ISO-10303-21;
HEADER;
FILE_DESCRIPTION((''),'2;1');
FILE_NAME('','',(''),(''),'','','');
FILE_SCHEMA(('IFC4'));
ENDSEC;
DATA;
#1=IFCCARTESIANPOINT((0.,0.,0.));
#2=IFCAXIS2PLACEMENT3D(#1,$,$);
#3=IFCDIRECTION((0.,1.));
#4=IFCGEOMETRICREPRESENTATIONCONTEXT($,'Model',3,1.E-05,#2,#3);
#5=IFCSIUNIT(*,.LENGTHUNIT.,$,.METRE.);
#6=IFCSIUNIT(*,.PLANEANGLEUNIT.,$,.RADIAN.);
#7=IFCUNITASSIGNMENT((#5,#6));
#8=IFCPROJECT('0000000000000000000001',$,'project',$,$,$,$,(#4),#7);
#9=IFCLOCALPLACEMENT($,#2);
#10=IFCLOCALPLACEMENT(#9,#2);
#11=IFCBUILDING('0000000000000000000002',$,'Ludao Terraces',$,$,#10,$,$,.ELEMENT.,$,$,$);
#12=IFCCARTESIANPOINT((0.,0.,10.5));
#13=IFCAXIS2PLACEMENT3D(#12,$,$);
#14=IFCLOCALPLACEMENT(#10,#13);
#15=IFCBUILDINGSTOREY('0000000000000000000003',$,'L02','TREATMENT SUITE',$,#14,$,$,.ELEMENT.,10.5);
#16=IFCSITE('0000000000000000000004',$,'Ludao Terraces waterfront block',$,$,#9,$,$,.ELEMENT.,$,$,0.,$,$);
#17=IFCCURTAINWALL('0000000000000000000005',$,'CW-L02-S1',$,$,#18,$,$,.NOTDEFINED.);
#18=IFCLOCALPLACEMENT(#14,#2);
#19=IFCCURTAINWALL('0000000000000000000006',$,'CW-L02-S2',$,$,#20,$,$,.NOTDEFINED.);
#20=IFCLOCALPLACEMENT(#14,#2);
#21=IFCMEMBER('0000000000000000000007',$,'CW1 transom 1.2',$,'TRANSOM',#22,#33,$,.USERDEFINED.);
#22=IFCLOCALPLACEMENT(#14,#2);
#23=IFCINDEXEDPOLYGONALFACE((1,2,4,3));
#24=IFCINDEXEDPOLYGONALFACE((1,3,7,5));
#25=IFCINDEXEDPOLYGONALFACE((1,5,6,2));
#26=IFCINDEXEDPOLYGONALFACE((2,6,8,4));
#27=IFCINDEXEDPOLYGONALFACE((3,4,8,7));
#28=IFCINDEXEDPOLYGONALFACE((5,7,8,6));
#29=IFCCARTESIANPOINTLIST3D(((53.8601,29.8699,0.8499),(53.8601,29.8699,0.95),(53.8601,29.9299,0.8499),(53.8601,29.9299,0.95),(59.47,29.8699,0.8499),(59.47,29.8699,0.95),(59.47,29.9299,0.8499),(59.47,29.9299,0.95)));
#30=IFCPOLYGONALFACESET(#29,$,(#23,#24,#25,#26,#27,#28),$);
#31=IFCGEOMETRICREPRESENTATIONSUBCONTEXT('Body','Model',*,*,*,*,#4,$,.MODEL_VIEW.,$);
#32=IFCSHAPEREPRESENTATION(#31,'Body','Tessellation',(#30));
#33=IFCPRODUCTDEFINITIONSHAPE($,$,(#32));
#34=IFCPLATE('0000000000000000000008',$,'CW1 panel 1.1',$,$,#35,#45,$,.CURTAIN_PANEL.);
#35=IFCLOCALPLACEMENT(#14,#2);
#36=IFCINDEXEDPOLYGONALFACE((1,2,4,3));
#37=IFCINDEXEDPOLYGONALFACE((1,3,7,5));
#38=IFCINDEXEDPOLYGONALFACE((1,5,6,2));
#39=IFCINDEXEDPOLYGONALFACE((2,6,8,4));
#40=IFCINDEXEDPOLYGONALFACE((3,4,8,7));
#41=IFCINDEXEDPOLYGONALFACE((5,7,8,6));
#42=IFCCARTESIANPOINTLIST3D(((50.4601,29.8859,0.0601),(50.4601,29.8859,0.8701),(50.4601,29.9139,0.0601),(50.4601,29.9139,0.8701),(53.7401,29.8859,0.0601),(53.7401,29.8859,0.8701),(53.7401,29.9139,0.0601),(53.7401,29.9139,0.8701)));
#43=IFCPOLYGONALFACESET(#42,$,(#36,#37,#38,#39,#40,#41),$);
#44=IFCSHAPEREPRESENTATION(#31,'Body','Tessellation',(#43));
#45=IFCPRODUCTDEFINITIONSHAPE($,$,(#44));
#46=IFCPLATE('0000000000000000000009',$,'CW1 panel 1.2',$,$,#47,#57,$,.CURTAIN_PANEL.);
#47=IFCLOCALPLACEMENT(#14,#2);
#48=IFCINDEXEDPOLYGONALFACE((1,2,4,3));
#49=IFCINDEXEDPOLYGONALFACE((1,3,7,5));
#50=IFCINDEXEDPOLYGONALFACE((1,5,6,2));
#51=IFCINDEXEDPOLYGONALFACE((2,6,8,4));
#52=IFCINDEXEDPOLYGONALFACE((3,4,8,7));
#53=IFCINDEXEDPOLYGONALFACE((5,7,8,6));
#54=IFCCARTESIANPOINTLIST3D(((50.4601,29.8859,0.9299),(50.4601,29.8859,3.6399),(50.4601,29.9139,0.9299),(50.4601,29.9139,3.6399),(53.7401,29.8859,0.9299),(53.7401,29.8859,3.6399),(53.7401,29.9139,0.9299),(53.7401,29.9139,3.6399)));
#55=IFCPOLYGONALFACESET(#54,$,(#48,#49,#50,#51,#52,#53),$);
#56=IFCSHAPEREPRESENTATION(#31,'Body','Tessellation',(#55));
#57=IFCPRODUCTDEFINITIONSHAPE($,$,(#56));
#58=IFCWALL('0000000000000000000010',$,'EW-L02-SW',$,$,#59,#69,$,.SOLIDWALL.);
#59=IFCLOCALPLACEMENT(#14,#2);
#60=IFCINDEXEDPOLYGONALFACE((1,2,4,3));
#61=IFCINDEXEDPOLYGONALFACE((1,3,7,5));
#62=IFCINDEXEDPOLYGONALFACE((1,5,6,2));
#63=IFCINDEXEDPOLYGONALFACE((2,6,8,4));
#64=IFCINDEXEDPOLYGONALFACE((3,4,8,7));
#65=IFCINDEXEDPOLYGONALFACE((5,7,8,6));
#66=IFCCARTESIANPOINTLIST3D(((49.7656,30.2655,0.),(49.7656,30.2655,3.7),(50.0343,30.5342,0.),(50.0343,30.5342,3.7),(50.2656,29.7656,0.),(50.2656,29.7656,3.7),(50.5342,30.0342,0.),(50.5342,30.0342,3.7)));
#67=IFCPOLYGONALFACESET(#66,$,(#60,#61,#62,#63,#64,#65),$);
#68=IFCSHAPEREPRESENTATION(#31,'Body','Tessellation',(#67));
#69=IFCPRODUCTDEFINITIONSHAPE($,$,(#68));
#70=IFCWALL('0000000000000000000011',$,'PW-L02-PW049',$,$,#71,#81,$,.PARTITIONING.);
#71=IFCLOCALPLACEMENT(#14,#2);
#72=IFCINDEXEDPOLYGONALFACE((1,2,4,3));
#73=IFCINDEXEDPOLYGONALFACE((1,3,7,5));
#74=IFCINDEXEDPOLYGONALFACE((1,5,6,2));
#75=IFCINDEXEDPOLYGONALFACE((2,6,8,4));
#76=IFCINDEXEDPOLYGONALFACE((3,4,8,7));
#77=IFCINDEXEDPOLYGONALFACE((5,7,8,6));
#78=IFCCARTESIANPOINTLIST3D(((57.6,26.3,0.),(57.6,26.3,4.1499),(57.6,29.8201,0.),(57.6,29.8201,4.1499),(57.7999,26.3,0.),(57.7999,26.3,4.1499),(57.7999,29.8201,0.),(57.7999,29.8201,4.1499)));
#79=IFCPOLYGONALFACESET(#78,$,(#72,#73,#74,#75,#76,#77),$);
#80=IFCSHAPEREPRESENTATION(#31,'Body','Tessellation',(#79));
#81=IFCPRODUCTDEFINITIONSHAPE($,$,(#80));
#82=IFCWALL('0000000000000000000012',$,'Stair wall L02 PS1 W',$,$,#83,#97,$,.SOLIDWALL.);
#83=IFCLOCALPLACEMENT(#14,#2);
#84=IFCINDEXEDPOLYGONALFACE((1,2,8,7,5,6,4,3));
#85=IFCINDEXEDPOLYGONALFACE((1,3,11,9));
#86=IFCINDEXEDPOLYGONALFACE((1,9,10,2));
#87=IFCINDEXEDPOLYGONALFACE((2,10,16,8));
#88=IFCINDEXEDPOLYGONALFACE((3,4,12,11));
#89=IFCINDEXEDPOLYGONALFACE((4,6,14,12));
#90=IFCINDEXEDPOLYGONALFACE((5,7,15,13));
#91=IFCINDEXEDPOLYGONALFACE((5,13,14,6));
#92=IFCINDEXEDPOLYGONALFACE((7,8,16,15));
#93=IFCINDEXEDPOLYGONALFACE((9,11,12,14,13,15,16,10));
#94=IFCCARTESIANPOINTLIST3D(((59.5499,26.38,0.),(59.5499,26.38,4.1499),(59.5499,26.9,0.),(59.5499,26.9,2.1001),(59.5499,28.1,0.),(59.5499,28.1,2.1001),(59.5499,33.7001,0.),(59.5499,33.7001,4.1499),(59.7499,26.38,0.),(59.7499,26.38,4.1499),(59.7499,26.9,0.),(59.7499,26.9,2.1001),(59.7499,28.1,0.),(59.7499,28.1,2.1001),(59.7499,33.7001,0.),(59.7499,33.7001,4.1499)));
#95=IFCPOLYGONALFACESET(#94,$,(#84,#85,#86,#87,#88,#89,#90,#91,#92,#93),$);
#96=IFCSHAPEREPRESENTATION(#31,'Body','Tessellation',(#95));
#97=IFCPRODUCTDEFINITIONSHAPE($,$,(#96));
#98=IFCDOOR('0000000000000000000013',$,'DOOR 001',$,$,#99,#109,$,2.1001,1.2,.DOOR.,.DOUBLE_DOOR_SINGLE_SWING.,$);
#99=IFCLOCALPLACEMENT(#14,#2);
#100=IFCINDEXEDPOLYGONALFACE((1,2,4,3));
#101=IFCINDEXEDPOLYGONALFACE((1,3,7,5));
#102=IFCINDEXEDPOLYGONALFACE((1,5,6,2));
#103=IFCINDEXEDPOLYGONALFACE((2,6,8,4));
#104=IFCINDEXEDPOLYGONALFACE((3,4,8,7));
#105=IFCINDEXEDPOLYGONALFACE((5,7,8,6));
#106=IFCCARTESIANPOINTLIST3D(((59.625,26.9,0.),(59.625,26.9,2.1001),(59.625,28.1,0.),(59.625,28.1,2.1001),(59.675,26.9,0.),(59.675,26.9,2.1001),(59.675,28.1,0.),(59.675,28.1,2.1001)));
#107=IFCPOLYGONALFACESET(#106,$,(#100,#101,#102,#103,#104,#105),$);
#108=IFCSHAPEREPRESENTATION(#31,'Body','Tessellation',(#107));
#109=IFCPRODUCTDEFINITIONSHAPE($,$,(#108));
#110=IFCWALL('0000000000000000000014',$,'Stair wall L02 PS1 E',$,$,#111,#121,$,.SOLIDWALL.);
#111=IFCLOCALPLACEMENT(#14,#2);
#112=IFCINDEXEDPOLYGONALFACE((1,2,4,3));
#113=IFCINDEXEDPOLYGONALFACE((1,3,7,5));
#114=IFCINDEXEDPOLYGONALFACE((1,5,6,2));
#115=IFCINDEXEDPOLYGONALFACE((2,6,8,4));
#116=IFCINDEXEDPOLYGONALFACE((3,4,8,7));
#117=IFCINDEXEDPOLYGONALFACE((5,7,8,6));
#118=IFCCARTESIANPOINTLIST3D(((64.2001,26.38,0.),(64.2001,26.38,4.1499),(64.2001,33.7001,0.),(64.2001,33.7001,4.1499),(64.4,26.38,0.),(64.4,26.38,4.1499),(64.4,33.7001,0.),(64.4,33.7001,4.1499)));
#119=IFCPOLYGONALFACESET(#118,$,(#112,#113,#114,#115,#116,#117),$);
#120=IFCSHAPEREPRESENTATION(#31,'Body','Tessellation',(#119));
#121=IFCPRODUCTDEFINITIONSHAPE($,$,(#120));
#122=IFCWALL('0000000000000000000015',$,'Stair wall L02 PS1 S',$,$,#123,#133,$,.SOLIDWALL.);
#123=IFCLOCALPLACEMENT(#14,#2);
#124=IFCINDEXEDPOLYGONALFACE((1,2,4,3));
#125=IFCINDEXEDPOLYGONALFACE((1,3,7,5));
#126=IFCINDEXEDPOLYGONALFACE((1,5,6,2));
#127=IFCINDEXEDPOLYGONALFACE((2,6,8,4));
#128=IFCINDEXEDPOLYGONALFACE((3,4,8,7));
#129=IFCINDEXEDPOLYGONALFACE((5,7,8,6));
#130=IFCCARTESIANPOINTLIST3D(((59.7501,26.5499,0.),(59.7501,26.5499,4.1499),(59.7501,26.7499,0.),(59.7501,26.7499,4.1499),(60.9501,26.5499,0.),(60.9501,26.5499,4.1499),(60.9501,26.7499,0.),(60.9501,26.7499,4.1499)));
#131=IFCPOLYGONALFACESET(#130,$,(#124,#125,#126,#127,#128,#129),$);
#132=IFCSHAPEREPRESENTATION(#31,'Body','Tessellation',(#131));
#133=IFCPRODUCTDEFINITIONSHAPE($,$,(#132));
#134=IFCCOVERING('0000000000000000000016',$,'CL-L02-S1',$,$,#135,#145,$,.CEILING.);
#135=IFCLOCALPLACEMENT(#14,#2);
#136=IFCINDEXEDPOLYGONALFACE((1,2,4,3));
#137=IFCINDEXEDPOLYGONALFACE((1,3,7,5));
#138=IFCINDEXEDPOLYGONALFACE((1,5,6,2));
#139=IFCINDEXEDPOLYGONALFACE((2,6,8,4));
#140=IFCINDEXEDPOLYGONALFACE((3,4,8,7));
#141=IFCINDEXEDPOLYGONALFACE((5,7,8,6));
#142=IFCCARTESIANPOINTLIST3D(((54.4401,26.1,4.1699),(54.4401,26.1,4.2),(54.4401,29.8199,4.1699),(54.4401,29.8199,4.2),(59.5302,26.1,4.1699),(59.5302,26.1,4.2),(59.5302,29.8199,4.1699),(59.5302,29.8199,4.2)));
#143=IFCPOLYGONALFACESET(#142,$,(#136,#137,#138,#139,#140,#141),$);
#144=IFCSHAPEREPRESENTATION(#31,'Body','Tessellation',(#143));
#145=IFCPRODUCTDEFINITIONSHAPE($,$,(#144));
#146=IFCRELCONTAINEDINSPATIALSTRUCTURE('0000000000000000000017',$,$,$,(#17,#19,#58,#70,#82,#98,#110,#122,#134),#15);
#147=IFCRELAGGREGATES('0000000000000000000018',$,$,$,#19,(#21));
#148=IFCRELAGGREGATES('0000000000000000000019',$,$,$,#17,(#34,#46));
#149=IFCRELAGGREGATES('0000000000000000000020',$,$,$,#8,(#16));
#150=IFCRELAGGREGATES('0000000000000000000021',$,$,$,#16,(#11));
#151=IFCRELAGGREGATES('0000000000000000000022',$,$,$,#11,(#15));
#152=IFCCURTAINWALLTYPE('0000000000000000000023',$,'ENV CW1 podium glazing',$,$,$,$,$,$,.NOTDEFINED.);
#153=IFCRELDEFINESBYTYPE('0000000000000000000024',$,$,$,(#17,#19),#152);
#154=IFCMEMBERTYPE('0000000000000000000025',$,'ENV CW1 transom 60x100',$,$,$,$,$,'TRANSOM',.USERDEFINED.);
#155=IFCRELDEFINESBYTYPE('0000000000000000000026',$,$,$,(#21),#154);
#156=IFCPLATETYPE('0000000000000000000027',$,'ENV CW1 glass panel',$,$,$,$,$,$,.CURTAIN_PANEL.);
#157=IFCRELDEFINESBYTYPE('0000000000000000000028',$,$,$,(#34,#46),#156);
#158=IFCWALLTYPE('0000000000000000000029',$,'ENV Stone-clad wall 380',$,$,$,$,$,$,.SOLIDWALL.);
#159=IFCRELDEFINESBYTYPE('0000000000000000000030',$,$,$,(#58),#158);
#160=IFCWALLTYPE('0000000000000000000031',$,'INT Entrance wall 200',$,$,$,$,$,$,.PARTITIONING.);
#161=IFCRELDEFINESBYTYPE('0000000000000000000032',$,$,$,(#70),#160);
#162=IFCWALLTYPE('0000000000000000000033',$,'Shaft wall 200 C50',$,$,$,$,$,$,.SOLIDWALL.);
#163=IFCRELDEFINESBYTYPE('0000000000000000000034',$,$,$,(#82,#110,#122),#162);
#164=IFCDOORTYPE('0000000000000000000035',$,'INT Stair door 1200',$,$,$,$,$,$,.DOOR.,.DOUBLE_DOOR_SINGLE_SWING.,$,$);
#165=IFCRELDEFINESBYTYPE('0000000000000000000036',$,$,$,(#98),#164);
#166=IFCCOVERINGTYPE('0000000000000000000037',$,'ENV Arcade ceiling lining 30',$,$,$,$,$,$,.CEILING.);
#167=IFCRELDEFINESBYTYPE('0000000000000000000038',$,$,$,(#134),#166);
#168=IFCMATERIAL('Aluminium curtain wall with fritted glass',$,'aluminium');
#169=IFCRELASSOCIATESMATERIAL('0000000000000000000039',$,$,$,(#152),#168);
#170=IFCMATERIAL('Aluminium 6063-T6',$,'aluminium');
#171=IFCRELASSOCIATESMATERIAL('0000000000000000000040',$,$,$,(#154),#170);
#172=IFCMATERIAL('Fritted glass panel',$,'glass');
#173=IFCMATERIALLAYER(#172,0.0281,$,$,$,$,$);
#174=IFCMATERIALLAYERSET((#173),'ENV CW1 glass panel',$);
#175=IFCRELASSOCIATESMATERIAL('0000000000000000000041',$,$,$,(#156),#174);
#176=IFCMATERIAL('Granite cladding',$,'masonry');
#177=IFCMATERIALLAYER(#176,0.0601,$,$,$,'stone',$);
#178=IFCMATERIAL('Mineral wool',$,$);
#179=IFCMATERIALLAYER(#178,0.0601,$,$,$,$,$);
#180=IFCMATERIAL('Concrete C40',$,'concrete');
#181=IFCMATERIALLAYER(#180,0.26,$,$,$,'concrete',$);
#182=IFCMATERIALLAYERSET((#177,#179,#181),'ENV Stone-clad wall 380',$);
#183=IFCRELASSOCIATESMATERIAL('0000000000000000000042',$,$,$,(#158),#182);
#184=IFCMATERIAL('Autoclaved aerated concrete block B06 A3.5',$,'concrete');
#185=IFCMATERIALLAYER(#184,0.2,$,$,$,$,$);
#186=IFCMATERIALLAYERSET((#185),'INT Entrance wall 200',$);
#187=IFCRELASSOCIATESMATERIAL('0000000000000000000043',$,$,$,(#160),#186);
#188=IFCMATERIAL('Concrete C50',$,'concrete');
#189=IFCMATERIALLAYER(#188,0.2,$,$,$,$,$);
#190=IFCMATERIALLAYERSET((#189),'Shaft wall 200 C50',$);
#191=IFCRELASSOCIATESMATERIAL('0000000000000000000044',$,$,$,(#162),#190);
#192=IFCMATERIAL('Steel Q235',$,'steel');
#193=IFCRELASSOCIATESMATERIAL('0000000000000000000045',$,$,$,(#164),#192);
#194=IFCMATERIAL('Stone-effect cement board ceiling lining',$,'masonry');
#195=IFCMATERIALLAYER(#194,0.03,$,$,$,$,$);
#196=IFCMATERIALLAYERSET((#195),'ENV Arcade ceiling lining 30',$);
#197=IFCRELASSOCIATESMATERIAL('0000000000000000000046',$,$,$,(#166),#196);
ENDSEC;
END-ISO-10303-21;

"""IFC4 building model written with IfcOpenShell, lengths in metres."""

from ifc_helpers import new_model, si_unit, direction, frame, frame_2d, origin, origin_2d, place, context, subcontext, project, spatial, rectangle, extrude, material, layer, layer_set, material_profile, profile_set, type_object, element, fill, aggregate, save


model = new_model("IFC4")

# Units and contexts
model_context = context("Model", 3, precision=1e-05, world=origin(), true_north=direction((0.0, 1.0)))
body_context = subcontext(model_context, "Body", "Model", "MODEL_VIEW")
ifc_project = project(units=[si_unit("LENGTHUNIT", "METRE"), si_unit("PLANEANGLEUNIT", "RADIAN")], contexts=[model_context])

# Site, building, storey
site_placement = place(None, origin())
site = spatial("IfcSite", under=ifc_project, at=site_placement, Name="Ludao Terraces waterfront block", CompositionType="ELEMENT", RefElevation=0.0)
building_placement = place(site_placement, origin())
building = spatial("IfcBuilding", under=site, at=building_placement, Name="Ludao Terraces", CompositionType="ELEMENT")
storey_placement = place(building_placement, frame((0.0, 0.0, 10.5)))
storey = spatial("IfcBuildingStorey", under=building, at=storey_placement, Name="L02", Description="TREATMENT SUITE", CompositionType="ELEMENT", Elevation=10.5)

# Curtain wall
ifc_material_1 = material(Name="Aluminium curtain wall with fritted glass", Category="aluminium")
curtain_wall_type = type_object("IfcCurtainWallType", Name="ENV CW1 podium glazing", PredefinedType="NOTDEFINED", material=ifc_material_1)
curtain_wall_1_placement = place(storey_placement, origin())
curtain_wall_1 = element("IfcCurtainWall", 1, at=curtain_wall_1_placement, inside=storey, type_object=curtain_wall_type, Name="CW-L02-S1", PredefinedType="NOTDEFINED")
ifc_material_2 = material(Name="Aluminium 6063-T6", Category="aluminium")

# Curtain wall
curtain_wall_2_placement = place(storey_placement, origin())
curtain_wall_2 = element("IfcCurtainWall", 2, at=curtain_wall_2_placement, inside=storey, type_object=curtain_wall_type, Name="CW-L02-S2", PredefinedType="NOTDEFINED")

# Member
ifc_material_profile_1 = material_profile(ifc_material_2, rectangle(XDim=0.0601, YDim=0.1001, at=origin_2d()), Name="60 X 100")
ifc_profile_set_1 = profile_set([ifc_material_profile_1], Name="Aluminium 6063-T6")
member_type_1 = type_object("IfcMemberType", Name="ENV CW1 transom 60x100", ElementType="TRANSOM", PredefinedType="USERDEFINED", material=ifc_profile_set_1)
member_1_placement = place(storey_placement, frame((53.8601, 29.8999, 0.8999), z_axis=(1.0, 0.0, 0.0), x_axis=(0.0, 1.0, 0.0)))
member_1 = element("IfcMember", 3, at=member_1_placement, type_object=member_type_1, Name="CW1 transom 1.2", ObjectType="TRANSOM", PredefinedType="USERDEFINED", context=body_context, shape_type="SweptSolid", body=[
    extrude(rectangle(XDim=0.0601, YDim=0.1001, at=origin_2d()), origin(), (0.0, 0.0, 1.0), 5.6099),
])
aggregate(curtain_wall_2, [member_1])

# Plates
ifc_material_3 = material(Name="Fritted glass panel", Category="glass")
ifc_layer_1 = layer(ifc_material_3, 0.0281)
ifc_layer_set_1 = layer_set([ifc_layer_1], Name="ENV CW1 glass panel")
plate_type = type_object("IfcPlateType", Name="ENV CW1 glass panel", PredefinedType="CURTAIN_PANEL", material=ifc_layer_set_1)
plate_1_placement = place(storey_placement, frame((52.1001, 29.8999, 0.0601), z_axis=(0.0, 0.0, 1.0), x_axis=(1.0, 0.0, 0.0)))
plate_1 = element("IfcPlate", 4, at=plate_1_placement, type_object=plate_type, Name="CW1 panel 1.1", PredefinedType="CURTAIN_PANEL", context=body_context, shape_type="SweptSolid", body=[
    extrude(rectangle(XDim=3.28, YDim=0.0281, at=origin_2d()), origin(), (0.0, 0.0, 1.0), 0.8101),
])
plate_2_placement = place(storey_placement, frame((52.1001, 29.8999, 0.9299), z_axis=(0.0, 0.0, 1.0), x_axis=(1.0, 0.0, 0.0)))
plate_2 = element("IfcPlate", 5, at=plate_2_placement, type_object=plate_type, Name="CW1 panel 1.2", PredefinedType="CURTAIN_PANEL", context=body_context, shape_type="SweptSolid", body=[
    extrude(rectangle(XDim=3.28, YDim=0.0281, at=origin_2d()), origin(), (0.0, 0.0, 1.0), 2.71),
])
aggregate(curtain_wall_1, [plate_1, plate_2])

# Walls
ifc_material_4 = material(Name="Granite cladding", Category="masonry")
ifc_layer_2 = layer(ifc_material_4, 0.0601, Category="stone")
ifc_material_5 = material(Name="Mineral wool")
ifc_layer_3 = layer(ifc_material_5, 0.0601)
ifc_material_6 = material(Name="Concrete C40", Category="concrete")
ifc_layer_4 = layer(ifc_material_6, 0.26, Category="concrete")
ifc_layer_set_2 = layer_set([ifc_layer_2, ifc_layer_3, ifc_layer_4], Name="ENV Stone-clad wall 380")
wall_type_1 = type_object("IfcWallType", Name="ENV Stone-clad wall 380", PredefinedType="SOLIDWALL", material=ifc_layer_set_2)
wall_1_placement = place(storey_placement, frame((50.3999, 29.8999, 0.0), z_axis=(0.0, 0.0, 1.0), x_axis=(-0.707107, 0.707107, 0.0)))
element("IfcWall", 6, at=wall_1_placement, inside=storey, type_object=wall_type_1, Name="EW-L02-SW", PredefinedType="SOLIDWALL", context=body_context, shape_type="SweptSolid", body=[
    extrude(rectangle(XDim=0.707, YDim=0.3799, at=frame_2d((0.3535, 0.0))), origin(), (0.0, 0.0, 1.0), 3.7),
])
ifc_material_7 = material(Name="Autoclaved aerated concrete block B06 A3.5", Category="concrete")
ifc_layer_5 = layer(ifc_material_7, 0.2)
ifc_layer_set_3 = layer_set([ifc_layer_5], Name="INT Entrance wall 200")
wall_type_2 = type_object("IfcWallType", Name="INT Entrance wall 200", PredefinedType="PARTITIONING", material=ifc_layer_set_3)
wall_2_placement = place(storey_placement, frame((57.7, 26.3, 0.0), z_axis=(0.0, 0.0, 1.0), x_axis=(0.0, 1.0, 0.0)))
element("IfcWall", 7, at=wall_2_placement, inside=storey, type_object=wall_type_2, Name="PW-L02-PW049", PredefinedType="PARTITIONING", context=body_context, shape_type="SweptSolid", body=[
    extrude(rectangle(XDim=3.52, YDim=0.2, at=frame_2d((1.76, 0.0))), origin(), (0.0, 0.0, 1.0), 4.1499),
])

# Wall, opening, door
ifc_material_8 = material(Name="Concrete C50", Category="concrete")
ifc_layer_6 = layer(ifc_material_8, 0.2)
ifc_layer_set_4 = layer_set([ifc_layer_6], Name="Shaft wall 200 C50")
wall_type_3 = type_object("IfcWallType", Name="Shaft wall 200 C50", PredefinedType="SOLIDWALL", material=ifc_layer_set_4)
wall_3_placement = place(storey_placement, frame((59.6499, 26.3799, 0.0), z_axis=(0.0, 0.0, 1.0), x_axis=(0.0, 1.0, 0.0)))
wall_3 = element("IfcWall", 8, at=wall_3_placement, inside=storey, type_object=wall_type_3, Name="Stair wall L02 PS1 W", PredefinedType="SOLIDWALL", context=body_context, shape_type="SweptSolid", body=[
    extrude(rectangle(XDim=7.3201, YDim=0.2, at=frame_2d((3.6602, 0.0))), origin(), (0.0, 0.0, 1.0), 4.1499),
])
opening_placement = place(wall_3_placement, frame((0.52, 0.0, 0.0)))
opening = element("IfcOpeningElement", 9, at=opening_placement, cuts=wall_3, PredefinedType="OPENING", context=body_context, shape_type="SweptSolid", body=[
    extrude(rectangle(XDim=1.2, YDim=2.1001, at=frame_2d((0.6001, 1.05))), frame((0.0, 0.1099, 0.0), z_axis=(0.0, -1.0, 0.0), x_axis=(1.0, 0.0, 0.0)), (0.0, 0.0, 1.0), 0.22),
])
ifc_material_9 = material(Name="Steel Q235", Category="steel")
door_type = type_object("IfcDoorType", Name="INT Stair door 1200", OperationType="DOUBLE_DOOR_SINGLE_SWING", PredefinedType="DOOR", material=ifc_material_9)
door_placement = place(opening_placement, origin())
door = element("IfcDoor", 10, at=door_placement, inside=storey, type_object=door_type, Name="DOOR 001", OperationType="DOUBLE_DOOR_SINGLE_SWING", OverallHeight=2.1001, OverallWidth=1.2, PredefinedType="DOOR", context=body_context, shape_type="SweptSolid", body=[
    extrude(rectangle(XDim=1.2, YDim=2.1001, at=frame_2d((0.6001, 1.05))), frame((0.0, 0.0249, 0.0), z_axis=(0.0, -1.0, 0.0), x_axis=(1.0, 0.0, 0.0)), (0.0, 0.0, 1.0), 0.05),
])
fill(opening, door)

# Walls
wall_4_placement = place(storey_placement, frame((64.3, 26.3799, 0.0), z_axis=(0.0, 0.0, 1.0), x_axis=(0.0, 1.0, 0.0)))
element("IfcWall", 11, at=wall_4_placement, inside=storey, type_object=wall_type_3, Name="Stair wall L02 PS1 E", PredefinedType="SOLIDWALL", context=body_context, shape_type="SweptSolid", body=[
    extrude(rectangle(XDim=7.3201, YDim=0.2, at=frame_2d((3.6602, 0.0))), origin(), (0.0, 0.0, 1.0), 4.1499),
])
wall_5_placement = place(storey_placement, frame((59.75, 26.6499, 0.0), z_axis=(0.0, 0.0, 1.0), x_axis=(1.0, 0.0, 0.0)))
element("IfcWall", 12, at=wall_5_placement, inside=storey, type_object=wall_type_3, Name="Stair wall L02 PS1 S", PredefinedType="SOLIDWALL", context=body_context, shape_type="SweptSolid", body=[
    extrude(rectangle(XDim=1.2, YDim=0.2, at=frame_2d((0.6001, 0.0))), origin(), (0.0, 0.0, 1.0), 4.1499),
])

# Covering
ifc_material_10 = material(Name="Stone-effect cement board ceiling lining", Category="masonry")
ifc_layer_7 = layer(ifc_material_10, 0.03)
ifc_layer_set_5 = layer_set([ifc_layer_7], Name="ENV Arcade ceiling lining 30")
covering_type = type_object("IfcCoveringType", Name="ENV Arcade ceiling lining 30", PredefinedType="CEILING", material=ifc_layer_set_5)
covering_placement = place(storey_placement, frame((56.9851, 27.96, 4.1699), z_axis=(0.0, 0.0, 1.0), x_axis=(1.0, 0.0, 0.0)))
element("IfcCovering", 13, at=covering_placement, inside=storey, type_object=covering_type, Name="CL-L02-S1", PredefinedType="CEILING", context=body_context, shape_type="SweptSolid", body=[
    extrude(rectangle(XDim=5.0901, YDim=3.72, at=origin_2d()), origin(), (0.0, 0.0, 1.0), 0.03),
])

save(model, "model.ifc")
